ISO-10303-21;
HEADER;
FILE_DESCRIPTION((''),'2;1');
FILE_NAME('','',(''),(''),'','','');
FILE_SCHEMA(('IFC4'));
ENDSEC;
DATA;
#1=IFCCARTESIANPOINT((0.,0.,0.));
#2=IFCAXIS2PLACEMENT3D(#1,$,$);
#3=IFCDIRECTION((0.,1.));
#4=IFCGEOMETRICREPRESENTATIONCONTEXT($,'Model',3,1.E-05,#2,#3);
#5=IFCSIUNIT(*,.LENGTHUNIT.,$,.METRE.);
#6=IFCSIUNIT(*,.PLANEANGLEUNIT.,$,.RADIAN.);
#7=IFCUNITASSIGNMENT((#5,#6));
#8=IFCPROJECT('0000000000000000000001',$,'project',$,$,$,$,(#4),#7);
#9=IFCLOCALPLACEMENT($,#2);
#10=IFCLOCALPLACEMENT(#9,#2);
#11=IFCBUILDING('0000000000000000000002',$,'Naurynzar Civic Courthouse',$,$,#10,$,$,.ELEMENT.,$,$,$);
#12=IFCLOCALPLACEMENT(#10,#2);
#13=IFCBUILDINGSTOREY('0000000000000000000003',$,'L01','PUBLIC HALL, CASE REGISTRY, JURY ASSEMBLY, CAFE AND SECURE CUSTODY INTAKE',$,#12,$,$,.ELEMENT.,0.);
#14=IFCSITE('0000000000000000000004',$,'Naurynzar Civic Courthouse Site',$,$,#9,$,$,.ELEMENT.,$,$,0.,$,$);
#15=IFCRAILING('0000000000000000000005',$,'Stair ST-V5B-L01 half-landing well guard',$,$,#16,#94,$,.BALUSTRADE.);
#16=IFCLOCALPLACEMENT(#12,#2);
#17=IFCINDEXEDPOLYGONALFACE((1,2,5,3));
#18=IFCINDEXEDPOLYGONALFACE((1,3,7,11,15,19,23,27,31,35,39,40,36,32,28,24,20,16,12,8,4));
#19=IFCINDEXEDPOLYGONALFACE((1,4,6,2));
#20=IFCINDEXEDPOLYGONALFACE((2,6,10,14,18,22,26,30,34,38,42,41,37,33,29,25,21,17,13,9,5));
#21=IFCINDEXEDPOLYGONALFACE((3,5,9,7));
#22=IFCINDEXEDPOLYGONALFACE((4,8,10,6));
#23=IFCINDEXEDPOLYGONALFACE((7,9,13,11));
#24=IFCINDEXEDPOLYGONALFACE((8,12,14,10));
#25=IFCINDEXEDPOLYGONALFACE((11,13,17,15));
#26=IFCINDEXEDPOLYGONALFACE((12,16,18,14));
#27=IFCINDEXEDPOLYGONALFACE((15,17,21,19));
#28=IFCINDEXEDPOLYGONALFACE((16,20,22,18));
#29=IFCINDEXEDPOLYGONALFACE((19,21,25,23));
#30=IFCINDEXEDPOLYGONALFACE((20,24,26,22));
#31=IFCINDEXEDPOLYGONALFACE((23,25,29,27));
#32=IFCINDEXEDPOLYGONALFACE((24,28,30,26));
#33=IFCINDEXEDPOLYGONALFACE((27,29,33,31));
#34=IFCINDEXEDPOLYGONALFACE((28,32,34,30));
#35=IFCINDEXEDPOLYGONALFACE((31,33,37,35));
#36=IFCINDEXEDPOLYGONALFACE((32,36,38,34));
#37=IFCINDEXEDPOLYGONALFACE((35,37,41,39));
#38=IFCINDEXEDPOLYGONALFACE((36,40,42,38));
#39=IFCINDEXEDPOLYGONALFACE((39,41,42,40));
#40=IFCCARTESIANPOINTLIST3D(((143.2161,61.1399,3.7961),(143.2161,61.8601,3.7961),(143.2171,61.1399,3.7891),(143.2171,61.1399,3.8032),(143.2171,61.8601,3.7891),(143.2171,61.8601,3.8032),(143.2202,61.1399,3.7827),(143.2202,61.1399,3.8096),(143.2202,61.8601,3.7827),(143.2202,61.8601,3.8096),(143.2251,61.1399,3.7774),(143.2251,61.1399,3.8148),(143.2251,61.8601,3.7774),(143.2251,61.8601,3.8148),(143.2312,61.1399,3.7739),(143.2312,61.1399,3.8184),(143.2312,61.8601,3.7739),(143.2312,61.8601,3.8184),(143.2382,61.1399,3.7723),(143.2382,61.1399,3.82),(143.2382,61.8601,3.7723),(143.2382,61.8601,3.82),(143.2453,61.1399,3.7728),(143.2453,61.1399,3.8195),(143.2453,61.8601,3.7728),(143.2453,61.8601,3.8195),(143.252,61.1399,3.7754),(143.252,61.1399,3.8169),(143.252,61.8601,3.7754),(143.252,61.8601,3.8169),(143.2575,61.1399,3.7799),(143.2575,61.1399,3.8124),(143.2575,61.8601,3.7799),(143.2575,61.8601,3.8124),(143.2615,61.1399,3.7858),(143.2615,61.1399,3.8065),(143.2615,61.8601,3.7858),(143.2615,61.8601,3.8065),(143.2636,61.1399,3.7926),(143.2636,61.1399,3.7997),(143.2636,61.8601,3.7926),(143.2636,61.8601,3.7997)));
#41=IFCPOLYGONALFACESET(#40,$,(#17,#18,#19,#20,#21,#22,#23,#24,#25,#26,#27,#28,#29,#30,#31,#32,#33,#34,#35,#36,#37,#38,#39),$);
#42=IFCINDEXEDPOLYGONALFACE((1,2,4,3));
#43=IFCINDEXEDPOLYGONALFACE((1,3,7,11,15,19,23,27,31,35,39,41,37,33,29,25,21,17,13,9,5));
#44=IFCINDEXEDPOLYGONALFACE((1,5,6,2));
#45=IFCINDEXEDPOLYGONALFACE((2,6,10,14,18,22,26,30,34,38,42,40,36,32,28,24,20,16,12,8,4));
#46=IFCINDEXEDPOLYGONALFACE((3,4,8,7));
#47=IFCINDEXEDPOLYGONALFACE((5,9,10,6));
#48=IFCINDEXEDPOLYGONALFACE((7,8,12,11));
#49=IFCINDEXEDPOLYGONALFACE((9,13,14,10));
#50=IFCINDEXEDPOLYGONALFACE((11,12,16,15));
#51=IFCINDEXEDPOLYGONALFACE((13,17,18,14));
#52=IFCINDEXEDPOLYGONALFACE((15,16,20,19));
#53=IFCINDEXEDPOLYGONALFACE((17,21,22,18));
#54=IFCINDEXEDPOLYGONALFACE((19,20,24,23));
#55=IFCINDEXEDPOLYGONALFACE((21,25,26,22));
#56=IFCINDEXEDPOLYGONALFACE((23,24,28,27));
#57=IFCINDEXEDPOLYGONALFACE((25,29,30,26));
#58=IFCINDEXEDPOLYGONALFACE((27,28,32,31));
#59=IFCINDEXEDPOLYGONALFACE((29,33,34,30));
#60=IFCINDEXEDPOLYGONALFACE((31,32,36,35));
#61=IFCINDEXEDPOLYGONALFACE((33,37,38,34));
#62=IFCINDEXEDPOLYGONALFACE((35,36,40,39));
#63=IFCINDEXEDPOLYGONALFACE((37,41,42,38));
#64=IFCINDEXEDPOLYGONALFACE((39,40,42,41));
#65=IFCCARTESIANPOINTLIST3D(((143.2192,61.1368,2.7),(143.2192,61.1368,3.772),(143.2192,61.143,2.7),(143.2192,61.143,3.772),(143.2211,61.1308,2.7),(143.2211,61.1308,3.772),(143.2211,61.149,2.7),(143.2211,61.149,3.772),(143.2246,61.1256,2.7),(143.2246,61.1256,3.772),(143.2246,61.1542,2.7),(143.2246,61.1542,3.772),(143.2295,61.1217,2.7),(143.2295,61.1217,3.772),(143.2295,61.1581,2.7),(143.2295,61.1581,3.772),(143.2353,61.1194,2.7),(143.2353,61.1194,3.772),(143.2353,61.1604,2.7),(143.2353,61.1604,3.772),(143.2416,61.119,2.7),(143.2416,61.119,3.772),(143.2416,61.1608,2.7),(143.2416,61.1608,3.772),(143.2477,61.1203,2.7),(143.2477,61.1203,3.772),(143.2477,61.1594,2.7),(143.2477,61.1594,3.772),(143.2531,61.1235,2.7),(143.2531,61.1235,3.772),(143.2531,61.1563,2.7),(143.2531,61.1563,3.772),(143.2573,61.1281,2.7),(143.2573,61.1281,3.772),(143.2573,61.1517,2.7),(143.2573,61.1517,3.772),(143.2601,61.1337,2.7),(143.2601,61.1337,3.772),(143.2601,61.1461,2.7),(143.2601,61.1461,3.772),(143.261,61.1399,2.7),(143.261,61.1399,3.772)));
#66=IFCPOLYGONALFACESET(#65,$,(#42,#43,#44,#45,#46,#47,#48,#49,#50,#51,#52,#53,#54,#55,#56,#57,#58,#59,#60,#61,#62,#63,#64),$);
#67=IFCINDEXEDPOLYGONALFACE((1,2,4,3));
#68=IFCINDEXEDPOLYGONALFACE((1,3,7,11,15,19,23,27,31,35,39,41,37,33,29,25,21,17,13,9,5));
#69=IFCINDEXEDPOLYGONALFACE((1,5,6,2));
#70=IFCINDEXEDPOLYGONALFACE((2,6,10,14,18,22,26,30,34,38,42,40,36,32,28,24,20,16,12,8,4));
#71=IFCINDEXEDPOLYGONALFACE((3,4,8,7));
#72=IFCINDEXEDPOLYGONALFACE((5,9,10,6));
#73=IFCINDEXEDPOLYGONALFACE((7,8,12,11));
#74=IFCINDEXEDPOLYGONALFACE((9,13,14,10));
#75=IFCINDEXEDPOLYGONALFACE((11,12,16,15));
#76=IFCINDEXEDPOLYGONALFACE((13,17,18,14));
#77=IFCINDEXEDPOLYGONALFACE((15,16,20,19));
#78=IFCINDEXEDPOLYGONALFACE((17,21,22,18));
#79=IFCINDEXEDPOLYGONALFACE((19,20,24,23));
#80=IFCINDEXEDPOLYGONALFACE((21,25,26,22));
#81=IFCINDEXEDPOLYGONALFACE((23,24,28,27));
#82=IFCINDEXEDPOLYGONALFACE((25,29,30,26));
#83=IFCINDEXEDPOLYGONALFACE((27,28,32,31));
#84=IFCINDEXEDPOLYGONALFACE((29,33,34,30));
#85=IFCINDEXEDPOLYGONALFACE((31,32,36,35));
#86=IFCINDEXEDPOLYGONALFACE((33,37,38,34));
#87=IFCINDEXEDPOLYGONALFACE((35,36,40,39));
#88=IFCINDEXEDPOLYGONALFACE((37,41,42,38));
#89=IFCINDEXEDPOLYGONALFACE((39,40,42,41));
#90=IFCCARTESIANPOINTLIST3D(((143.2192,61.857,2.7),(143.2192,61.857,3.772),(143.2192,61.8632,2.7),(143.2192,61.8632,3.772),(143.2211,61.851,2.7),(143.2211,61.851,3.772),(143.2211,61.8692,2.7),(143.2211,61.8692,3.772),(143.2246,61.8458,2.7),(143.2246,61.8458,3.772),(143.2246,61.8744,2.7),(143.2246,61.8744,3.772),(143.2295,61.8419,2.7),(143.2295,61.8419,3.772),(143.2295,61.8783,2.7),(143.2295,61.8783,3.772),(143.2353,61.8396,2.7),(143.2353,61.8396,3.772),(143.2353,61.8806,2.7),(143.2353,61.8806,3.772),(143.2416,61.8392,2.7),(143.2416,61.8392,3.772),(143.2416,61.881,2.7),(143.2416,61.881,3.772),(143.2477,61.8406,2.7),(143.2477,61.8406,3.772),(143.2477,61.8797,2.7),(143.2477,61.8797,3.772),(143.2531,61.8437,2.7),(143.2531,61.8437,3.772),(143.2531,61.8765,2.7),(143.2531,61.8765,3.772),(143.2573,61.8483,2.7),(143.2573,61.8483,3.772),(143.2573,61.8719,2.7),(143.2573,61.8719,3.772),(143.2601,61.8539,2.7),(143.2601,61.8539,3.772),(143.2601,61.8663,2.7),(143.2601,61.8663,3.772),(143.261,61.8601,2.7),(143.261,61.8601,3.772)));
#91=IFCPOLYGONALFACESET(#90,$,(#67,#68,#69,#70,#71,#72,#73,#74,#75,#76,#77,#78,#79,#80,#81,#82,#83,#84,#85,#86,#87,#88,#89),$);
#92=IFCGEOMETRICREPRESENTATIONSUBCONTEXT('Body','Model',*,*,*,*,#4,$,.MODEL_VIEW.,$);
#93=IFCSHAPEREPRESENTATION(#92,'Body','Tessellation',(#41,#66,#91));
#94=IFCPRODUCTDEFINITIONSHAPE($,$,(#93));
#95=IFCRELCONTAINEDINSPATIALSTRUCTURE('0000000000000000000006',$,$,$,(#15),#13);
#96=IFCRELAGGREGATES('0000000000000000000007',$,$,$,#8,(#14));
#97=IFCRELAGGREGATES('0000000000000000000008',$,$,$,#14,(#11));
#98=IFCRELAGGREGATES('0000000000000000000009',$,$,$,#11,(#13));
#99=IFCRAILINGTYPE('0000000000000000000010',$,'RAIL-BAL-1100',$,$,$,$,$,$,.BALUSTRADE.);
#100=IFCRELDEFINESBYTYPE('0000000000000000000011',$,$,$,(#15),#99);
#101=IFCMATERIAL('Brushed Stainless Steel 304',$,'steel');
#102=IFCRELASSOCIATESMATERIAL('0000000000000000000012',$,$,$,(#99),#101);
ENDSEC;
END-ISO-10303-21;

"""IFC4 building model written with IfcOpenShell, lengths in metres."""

from ifc_helpers import new_model, si_unit, direction, frame, origin, origin_2d, place, context, subcontext, project, spatial, circle, extrude, material, type_object, element, save


model = new_model("IFC4")

# Units and contexts
model_context = context("Model", 3, precision=1e-05, world=origin(), true_north=direction((0.0, 1.0)))
body_context = subcontext(model_context, "Body", "Model", "MODEL_VIEW")
ifc_project = project(units=[si_unit("LENGTHUNIT", "METRE"), si_unit("PLANEANGLEUNIT", "RADIAN")], contexts=[model_context])

# Site, building, storey
site_placement = place(None, origin())
site = spatial("IfcSite", under=ifc_project, at=site_placement, Name="Naurynzar Civic Courthouse Site", CompositionType="ELEMENT", RefElevation=0.0)
building_placement = place(site_placement, origin())
building = spatial("IfcBuilding", under=site, at=building_placement, Name="Naurynzar Civic Courthouse", CompositionType="ELEMENT")
storey_placement = place(building_placement, origin())
storey = spatial("IfcBuildingStorey", under=building, at=storey_placement, Name="L01", Description="PUBLIC HALL, CASE REGISTRY, JURY ASSEMBLY, CAFE AND SECURE CUSTODY INTAKE", CompositionType="ELEMENT", Elevation=0.0)

# Railing
ifc_material_1 = material(Name="Brushed Stainless Steel 304", Category="steel")
railing_type_1 = type_object("IfcRailingType", Name="RAIL-BAL-1100", PredefinedType="BALUSTRADE", material=ifc_material_1)
for number, where, name in (
    (1, (143.24, 61.1399, 2.7), "Stair ST-V5B-L01 half-landing well guard"),
):
    element("IfcRailing", number, at=place(storey_placement, frame(where)), inside=storey, type_object=railing_type_1, Name=name, PredefinedType="BALUSTRADE", context=body_context, shape_type="SweptSolid", body=[
        extrude(circle(Radius=0.0239, at=origin_2d()), frame((0.0, 0.0, 1.0962), z_axis=(0.0, 1.0, 0.0), x_axis=(-1.0, 0.0, 0.0)), (0.0, 0.0, 1.0), 0.7202),
        extrude(circle(Radius=0.021, at=origin_2d()), origin(), (0.0, 0.0, 1.0), 1.072),
        extrude(circle(Radius=0.021, at=origin_2d()), frame((0.0, 0.7202, 0.0)), (0.0, 0.0, 1.0), 1.072),
    ])

save(model, "model.ifc")
